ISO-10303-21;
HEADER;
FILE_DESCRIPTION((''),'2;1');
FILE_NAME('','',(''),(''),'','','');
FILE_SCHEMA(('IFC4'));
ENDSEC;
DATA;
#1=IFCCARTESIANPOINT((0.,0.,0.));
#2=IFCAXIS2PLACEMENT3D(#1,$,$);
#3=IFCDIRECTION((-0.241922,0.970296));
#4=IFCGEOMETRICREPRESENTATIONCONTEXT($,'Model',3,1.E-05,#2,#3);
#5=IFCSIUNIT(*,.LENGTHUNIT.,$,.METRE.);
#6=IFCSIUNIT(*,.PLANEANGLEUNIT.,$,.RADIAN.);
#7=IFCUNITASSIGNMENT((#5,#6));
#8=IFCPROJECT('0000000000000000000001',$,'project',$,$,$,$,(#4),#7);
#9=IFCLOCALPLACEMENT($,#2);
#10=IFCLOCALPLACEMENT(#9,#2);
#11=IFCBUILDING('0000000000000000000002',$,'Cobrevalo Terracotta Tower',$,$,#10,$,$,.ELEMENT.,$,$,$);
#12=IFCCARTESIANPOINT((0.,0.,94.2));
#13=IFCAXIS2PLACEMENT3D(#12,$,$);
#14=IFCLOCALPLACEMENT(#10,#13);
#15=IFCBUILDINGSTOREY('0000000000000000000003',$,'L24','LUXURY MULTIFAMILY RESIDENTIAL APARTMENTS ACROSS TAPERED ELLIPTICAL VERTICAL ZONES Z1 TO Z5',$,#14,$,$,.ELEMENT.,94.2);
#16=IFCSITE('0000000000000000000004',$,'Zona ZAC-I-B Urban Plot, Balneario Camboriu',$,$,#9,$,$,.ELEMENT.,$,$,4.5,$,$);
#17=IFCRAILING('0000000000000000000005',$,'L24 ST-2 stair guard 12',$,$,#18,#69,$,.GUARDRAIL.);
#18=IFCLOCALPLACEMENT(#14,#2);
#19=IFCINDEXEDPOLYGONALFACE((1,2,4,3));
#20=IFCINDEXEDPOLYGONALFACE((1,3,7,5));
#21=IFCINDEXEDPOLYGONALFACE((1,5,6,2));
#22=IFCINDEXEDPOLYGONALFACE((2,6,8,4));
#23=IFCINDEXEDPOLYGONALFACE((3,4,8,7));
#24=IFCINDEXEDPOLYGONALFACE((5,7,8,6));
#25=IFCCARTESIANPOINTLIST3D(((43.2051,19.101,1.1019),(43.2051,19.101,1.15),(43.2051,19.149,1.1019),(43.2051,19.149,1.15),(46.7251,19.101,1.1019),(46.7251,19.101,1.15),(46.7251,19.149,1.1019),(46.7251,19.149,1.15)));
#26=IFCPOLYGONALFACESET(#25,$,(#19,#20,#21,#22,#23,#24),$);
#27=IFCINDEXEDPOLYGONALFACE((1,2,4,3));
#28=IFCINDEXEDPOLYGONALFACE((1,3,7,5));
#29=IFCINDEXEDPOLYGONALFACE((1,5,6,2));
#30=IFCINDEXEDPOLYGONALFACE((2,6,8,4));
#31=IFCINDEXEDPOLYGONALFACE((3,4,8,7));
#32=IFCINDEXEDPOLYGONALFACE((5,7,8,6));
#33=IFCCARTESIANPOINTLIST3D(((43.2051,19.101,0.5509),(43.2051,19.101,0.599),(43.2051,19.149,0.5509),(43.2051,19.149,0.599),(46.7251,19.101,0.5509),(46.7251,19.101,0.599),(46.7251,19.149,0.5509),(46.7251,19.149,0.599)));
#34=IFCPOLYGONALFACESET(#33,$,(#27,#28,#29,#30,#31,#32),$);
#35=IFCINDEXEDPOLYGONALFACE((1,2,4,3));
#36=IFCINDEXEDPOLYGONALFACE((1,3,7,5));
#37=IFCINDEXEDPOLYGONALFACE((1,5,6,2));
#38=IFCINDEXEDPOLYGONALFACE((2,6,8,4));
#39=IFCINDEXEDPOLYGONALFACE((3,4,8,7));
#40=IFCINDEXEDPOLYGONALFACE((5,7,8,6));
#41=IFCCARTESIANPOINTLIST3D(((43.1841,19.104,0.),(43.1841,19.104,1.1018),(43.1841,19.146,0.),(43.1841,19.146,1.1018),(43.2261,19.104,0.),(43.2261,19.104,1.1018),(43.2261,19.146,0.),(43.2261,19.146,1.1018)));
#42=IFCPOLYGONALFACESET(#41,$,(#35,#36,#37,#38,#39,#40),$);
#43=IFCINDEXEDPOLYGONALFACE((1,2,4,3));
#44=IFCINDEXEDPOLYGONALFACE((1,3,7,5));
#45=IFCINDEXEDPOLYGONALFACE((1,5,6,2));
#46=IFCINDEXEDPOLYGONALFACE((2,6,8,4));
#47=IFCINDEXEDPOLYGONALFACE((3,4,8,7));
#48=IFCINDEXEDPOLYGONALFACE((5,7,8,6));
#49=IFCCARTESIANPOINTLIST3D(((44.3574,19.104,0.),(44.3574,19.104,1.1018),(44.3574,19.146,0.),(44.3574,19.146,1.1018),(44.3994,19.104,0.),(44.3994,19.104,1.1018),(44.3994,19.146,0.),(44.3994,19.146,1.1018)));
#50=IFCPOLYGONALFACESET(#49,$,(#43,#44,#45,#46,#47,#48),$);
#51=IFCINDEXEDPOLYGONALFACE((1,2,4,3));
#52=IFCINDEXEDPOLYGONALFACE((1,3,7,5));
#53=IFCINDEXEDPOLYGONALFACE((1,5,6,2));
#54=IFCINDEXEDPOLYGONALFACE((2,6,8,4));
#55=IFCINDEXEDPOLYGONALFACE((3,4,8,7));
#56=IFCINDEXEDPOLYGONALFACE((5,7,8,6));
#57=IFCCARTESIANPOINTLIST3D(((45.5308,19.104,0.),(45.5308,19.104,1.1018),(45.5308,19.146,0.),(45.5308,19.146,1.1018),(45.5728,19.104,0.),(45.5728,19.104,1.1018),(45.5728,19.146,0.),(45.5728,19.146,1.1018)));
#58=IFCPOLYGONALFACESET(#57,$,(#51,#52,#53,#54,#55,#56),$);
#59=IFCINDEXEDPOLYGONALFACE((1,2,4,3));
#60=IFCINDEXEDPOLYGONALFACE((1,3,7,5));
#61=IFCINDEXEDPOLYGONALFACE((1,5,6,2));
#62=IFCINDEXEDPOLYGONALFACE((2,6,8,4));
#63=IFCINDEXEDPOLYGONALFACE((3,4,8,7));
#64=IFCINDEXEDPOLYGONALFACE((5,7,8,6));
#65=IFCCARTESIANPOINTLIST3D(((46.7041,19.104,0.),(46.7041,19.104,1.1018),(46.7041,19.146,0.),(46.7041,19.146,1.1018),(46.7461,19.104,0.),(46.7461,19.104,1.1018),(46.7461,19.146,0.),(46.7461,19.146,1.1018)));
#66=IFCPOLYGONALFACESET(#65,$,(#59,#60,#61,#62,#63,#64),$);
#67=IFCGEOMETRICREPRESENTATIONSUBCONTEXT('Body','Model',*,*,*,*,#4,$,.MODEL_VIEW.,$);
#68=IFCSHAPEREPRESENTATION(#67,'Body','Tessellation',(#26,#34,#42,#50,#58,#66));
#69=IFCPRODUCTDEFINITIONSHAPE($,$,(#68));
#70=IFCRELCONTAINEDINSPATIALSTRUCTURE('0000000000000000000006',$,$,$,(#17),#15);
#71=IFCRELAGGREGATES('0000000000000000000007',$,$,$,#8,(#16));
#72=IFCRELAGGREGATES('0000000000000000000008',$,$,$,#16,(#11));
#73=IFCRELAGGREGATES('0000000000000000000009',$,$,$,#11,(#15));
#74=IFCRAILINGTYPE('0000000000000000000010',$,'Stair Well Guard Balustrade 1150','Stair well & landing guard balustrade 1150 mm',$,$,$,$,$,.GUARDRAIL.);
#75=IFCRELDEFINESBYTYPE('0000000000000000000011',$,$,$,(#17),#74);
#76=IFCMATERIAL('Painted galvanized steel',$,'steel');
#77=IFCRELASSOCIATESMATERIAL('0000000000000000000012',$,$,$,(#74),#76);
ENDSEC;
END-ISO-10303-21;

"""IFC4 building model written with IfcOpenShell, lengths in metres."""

from ifc_helpers import new_model, si_unit, direction, frame, origin, origin_2d, place, context, subcontext, project, spatial, rectangle, extrude, material, type_object, element, save


model = new_model("IFC4")

# Units and contexts
model_context = context("Model", 3, precision=1e-05, world=origin(), true_north=direction((-0.241922, 0.970296)))
body_context = subcontext(model_context, "Body", "Model", "MODEL_VIEW")
ifc_project = project(units=[si_unit("LENGTHUNIT", "METRE"), si_unit("PLANEANGLEUNIT", "RADIAN")], contexts=[model_context])

# Site, building, storey
site_placement = place(None, origin())
site = spatial("IfcSite", under=ifc_project, at=site_placement, Name="Zona ZAC-I-B Urban Plot, Balneario Camboriu", CompositionType="ELEMENT", RefElevation=4.5)
building_placement = place(site_placement, origin())
building = spatial("IfcBuilding", under=site, at=building_placement, Name="Cobrevalo Terracotta Tower", CompositionType="ELEMENT")
storey_placement = place(building_placement, frame((0.0, 0.0, 94.2)))
storey = spatial("IfcBuildingStorey", under=building, at=storey_placement, Name="L24", Description="LUXURY MULTIFAMILY RESIDENTIAL APARTMENTS ACROSS TAPERED ELLIPTICAL VERTICAL ZONES Z1 TO Z5", CompositionType="ELEMENT", Elevation=94.2)

# Railing
ifc_material_1 = material(Name="Painted galvanized steel", Category="steel")
railing_type_1 = type_object("IfcRailingType", Name="Stair Well Guard Balustrade 1150", Description="Stair well & landing guard balustrade 1150 mm", PredefinedType="GUARDRAIL", material=ifc_material_1)
railing_1_placement = place(storey_placement, frame((43.2051, 19.125, 0.0)))
element("IfcRailing", 1, at=railing_1_placement, inside=storey, type_object=railing_type_1, Name="L24 ST-2 stair guard 12", PredefinedType="GUARDRAIL", context=body_context, shape_type="SweptSolid", body=[
    extrude(rectangle(XDim=0.0481, YDim=0.0481, at=origin_2d()), frame((0.0, 0.0, 1.126), z_axis=(1.0, 0.0, 0.0), x_axis=(0.0, 1.0, 0.0)), (0.0, 0.0, 1.0), 3.52),
    extrude(rectangle(XDim=0.0481, YDim=0.0481, at=origin_2d()), frame((0.0, 0.0, 0.575), z_axis=(1.0, 0.0, 0.0), x_axis=(0.0, 1.0, 0.0)), (0.0, 0.0, 1.0), 3.52),
    extrude(rectangle(XDim=0.042, YDim=0.042, at=origin_2d()), origin(), (0.0, 0.0, 1.0), 1.1018),
    extrude(rectangle(XDim=0.042, YDim=0.042, at=origin_2d()), frame((1.1733, 0.0, 0.0)), (0.0, 0.0, 1.0), 1.1018),
    extrude(rectangle(XDim=0.042, YDim=0.042, at=origin_2d()), frame((2.3467, 0.0, 0.0)), (0.0, 0.0, 1.0), 1.1018),
    extrude(rectangle(XDim=0.042, YDim=0.042, at=origin_2d()), frame((3.52, 0.0, 0.0)), (0.0, 0.0, 1.0), 1.1018),
])

save(model, "model.ifc")
